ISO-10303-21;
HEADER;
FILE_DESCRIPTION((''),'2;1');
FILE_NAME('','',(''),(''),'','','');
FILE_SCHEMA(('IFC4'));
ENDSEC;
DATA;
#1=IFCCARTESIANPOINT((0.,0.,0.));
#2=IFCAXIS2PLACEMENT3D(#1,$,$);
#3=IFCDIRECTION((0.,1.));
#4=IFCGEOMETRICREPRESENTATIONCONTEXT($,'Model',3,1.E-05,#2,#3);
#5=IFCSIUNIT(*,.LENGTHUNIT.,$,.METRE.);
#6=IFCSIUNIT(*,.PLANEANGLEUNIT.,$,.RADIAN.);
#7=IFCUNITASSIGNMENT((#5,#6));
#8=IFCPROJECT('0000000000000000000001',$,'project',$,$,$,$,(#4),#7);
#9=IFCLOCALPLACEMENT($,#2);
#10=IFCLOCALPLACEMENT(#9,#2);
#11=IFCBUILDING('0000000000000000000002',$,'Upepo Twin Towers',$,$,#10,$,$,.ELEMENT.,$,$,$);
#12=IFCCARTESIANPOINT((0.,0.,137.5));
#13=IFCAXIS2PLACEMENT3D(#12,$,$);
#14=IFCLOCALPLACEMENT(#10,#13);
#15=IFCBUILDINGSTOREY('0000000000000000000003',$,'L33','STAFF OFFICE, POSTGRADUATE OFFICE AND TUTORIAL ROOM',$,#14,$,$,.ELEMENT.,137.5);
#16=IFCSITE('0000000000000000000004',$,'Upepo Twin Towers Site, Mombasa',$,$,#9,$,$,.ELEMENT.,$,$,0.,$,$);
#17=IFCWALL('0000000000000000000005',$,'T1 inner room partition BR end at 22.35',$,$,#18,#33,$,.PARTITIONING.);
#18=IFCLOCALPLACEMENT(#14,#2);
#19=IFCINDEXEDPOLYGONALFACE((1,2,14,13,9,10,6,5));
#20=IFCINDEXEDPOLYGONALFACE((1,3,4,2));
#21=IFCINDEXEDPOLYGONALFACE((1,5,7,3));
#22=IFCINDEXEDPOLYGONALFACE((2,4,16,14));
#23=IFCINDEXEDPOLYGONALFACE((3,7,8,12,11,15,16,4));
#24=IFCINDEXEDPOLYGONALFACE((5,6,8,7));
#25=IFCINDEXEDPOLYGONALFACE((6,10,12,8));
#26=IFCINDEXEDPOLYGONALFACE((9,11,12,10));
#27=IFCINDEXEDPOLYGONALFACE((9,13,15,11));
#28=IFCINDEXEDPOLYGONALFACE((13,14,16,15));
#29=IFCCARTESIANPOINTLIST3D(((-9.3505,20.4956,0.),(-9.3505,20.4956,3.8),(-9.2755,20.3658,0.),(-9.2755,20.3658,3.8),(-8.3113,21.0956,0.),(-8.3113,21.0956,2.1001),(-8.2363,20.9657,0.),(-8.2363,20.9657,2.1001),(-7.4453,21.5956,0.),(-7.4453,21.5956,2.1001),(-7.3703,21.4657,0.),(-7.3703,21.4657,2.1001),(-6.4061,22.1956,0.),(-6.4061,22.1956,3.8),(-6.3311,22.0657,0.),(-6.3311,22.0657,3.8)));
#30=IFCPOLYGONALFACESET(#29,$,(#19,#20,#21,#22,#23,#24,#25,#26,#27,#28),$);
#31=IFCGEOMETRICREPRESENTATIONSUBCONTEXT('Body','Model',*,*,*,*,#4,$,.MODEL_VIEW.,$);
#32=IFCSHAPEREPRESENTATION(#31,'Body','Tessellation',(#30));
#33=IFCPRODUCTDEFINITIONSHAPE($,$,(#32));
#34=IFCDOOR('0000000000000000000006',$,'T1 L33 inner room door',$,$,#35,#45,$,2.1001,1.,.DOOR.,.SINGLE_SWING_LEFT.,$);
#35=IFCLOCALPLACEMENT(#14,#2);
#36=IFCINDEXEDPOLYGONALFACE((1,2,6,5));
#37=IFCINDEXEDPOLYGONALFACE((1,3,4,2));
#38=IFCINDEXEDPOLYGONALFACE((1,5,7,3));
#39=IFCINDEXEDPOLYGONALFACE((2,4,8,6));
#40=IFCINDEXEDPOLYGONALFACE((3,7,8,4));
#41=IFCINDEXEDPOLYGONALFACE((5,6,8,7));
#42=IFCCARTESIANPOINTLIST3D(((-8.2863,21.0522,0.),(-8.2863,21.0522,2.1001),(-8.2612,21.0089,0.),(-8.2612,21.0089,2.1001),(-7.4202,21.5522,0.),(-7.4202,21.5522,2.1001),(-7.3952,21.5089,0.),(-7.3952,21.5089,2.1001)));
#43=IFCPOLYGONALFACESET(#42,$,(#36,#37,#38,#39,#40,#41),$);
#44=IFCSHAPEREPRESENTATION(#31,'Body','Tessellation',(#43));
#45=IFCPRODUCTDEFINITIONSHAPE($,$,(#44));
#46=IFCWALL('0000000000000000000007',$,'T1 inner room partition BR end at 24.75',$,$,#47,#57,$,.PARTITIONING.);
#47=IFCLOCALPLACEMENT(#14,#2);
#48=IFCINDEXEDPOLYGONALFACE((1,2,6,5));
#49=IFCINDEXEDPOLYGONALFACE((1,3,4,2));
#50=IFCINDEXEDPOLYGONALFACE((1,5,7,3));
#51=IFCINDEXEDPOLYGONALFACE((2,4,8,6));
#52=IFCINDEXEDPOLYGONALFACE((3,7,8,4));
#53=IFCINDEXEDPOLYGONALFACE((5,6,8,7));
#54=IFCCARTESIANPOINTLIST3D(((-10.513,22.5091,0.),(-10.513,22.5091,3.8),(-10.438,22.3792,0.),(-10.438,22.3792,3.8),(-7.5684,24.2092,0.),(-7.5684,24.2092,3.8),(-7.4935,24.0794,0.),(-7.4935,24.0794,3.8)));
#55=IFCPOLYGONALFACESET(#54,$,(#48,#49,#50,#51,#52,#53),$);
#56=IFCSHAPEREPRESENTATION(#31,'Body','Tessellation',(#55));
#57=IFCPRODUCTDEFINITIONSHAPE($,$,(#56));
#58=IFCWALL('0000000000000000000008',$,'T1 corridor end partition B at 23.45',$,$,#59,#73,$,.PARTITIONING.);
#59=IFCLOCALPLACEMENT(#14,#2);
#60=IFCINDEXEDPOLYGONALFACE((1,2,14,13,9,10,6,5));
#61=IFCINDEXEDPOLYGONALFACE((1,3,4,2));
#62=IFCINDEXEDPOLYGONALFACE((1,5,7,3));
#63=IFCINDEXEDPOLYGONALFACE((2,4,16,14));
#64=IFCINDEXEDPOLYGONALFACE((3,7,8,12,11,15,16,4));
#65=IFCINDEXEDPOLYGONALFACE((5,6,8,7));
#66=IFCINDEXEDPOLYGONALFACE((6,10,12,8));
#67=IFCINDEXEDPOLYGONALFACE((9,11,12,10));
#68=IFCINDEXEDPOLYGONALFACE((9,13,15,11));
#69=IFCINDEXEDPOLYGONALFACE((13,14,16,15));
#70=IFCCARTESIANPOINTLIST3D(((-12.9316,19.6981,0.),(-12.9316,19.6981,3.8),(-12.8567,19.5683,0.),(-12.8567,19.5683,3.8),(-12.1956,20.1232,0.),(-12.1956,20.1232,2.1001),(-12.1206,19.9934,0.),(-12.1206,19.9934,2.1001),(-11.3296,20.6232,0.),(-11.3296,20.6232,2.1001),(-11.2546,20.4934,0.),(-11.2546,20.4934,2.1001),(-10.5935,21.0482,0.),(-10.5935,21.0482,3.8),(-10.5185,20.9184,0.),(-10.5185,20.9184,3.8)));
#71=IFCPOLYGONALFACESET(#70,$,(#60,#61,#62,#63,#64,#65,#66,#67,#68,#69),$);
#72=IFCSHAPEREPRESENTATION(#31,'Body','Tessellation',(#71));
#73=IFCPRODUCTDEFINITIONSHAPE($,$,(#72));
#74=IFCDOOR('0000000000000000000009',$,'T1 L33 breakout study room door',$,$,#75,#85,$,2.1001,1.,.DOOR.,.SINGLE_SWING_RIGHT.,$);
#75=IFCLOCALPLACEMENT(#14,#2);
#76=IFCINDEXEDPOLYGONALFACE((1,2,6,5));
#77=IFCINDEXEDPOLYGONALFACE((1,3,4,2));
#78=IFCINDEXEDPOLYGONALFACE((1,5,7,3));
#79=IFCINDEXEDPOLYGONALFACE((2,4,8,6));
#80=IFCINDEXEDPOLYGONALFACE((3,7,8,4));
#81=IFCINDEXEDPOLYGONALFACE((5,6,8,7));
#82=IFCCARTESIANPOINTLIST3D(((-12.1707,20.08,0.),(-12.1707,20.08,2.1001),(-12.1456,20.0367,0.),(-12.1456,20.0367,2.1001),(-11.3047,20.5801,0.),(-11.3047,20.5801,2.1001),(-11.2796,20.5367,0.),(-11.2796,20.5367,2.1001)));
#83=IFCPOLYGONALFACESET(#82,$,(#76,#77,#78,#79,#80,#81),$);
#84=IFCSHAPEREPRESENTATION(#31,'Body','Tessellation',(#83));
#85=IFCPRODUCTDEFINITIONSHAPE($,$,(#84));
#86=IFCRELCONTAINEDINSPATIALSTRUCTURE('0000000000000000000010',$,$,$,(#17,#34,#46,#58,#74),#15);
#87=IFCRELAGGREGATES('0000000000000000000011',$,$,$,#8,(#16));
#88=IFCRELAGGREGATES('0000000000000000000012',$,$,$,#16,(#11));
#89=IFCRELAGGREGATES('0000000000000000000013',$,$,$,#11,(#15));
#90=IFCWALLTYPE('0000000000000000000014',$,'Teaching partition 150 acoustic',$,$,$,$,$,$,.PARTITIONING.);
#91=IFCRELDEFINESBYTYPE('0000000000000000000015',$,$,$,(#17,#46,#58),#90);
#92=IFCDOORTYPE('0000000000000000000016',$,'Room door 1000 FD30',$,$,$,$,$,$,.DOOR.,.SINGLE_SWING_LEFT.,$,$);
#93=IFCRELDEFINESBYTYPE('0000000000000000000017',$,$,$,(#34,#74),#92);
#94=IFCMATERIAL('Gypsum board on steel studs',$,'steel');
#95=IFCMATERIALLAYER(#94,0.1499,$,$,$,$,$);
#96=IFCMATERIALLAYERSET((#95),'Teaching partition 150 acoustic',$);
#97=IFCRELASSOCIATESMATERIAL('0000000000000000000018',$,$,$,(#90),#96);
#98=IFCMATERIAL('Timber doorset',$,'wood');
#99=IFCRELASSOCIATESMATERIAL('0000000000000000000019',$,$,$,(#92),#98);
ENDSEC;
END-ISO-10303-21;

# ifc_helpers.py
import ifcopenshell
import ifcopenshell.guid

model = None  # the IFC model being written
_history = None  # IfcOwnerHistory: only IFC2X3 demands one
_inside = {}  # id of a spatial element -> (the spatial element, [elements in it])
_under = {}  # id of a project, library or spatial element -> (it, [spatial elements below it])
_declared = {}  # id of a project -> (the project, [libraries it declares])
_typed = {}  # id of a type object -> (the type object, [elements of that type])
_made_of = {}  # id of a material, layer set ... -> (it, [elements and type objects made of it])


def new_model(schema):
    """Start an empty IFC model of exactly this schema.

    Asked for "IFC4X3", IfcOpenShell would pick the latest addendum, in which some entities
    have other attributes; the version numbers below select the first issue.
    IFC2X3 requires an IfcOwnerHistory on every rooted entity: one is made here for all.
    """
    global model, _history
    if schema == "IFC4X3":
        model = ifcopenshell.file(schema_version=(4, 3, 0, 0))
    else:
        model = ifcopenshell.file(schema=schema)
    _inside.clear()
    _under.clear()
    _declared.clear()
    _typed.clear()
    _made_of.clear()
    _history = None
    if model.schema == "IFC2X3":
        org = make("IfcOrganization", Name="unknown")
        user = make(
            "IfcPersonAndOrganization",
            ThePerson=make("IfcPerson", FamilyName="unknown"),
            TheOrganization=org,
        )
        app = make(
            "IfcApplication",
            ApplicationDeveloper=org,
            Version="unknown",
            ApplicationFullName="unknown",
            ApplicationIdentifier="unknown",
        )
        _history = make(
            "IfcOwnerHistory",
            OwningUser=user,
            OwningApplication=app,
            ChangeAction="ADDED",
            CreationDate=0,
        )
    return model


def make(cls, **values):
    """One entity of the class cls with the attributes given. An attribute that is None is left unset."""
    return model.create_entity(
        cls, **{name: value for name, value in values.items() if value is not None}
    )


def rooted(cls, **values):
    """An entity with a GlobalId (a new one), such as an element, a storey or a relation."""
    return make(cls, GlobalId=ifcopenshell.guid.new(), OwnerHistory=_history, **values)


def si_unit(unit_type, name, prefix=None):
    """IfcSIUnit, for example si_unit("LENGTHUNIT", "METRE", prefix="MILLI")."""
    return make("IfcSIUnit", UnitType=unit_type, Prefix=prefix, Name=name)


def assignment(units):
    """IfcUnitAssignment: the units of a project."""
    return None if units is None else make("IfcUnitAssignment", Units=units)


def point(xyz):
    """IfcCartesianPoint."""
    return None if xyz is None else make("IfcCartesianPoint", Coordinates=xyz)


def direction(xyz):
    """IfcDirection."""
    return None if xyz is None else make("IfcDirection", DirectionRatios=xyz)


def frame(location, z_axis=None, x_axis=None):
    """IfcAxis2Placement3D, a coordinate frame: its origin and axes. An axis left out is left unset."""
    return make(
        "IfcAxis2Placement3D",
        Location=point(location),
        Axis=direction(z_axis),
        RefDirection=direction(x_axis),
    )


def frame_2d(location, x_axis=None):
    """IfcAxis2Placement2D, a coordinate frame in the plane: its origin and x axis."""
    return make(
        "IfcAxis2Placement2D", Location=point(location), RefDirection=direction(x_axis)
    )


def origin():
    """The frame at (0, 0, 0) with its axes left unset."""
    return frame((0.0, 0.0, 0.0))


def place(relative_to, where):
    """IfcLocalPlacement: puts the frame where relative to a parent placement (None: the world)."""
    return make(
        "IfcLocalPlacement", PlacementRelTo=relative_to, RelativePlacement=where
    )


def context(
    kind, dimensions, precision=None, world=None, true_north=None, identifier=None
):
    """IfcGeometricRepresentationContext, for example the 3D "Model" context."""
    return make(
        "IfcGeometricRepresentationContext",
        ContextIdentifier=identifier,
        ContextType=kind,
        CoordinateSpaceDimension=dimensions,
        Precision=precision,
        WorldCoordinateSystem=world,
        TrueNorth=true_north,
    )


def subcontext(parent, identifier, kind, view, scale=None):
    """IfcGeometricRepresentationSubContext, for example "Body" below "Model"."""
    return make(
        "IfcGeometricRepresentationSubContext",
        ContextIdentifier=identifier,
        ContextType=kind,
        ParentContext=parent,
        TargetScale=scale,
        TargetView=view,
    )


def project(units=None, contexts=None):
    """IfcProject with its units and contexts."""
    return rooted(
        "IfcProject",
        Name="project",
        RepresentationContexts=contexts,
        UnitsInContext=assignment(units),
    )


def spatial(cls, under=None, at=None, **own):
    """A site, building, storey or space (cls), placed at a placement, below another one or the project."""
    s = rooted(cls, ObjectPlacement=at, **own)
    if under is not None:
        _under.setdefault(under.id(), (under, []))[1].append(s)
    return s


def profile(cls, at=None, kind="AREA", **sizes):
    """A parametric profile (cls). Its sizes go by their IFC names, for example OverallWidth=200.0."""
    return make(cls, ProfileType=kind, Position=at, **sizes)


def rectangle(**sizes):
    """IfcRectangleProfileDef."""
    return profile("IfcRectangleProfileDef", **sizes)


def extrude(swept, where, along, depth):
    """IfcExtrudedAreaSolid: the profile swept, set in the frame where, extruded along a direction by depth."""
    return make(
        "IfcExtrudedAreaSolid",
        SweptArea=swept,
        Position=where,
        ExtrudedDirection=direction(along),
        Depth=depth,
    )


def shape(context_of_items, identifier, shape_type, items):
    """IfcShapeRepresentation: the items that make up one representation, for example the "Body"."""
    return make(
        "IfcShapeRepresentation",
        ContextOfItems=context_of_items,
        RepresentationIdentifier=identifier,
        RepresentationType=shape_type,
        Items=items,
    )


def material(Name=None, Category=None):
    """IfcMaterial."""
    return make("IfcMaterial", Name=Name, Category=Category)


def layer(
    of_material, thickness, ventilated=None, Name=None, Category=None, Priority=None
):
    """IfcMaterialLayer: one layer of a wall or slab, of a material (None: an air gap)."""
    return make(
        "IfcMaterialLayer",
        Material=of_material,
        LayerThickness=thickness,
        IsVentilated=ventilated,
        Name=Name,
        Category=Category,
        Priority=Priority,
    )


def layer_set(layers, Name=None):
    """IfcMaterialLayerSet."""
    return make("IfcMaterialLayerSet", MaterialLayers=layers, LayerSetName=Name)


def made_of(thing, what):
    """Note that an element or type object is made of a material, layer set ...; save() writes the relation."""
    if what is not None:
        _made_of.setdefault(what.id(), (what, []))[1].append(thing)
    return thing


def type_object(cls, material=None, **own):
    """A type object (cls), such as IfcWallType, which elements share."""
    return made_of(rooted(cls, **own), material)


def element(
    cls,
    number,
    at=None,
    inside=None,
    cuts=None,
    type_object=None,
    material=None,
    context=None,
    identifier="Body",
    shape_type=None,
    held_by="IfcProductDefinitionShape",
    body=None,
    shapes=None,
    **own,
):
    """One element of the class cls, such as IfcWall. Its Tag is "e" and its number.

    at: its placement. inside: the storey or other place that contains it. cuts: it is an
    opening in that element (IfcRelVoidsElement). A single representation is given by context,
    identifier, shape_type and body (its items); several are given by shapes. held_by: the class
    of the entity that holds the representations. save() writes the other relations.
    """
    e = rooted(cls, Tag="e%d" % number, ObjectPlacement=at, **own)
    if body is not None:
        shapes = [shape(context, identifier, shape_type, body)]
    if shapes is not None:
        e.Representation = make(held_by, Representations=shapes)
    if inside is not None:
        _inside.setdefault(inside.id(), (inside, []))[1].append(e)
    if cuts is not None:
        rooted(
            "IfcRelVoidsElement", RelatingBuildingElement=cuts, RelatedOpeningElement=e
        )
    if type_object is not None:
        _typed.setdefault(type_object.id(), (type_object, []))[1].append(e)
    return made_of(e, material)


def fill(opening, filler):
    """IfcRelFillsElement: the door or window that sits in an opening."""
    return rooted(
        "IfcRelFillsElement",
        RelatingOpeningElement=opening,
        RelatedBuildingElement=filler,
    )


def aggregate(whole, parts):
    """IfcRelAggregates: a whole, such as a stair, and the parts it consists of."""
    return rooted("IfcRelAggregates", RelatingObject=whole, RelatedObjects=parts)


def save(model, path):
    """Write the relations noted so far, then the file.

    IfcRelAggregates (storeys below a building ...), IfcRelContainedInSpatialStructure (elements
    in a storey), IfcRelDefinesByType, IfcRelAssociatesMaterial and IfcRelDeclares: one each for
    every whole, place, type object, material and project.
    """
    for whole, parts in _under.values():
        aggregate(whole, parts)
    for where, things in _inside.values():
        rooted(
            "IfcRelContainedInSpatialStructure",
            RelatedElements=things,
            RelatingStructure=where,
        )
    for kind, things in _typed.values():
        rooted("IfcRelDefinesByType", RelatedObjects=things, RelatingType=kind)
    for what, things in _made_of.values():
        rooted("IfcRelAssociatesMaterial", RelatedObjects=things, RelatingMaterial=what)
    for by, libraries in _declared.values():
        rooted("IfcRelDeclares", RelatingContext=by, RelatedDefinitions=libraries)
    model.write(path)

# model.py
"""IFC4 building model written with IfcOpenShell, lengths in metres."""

from ifc_helpers import new_model, si_unit, direction, frame, frame_2d, origin, place, context, subcontext, project, spatial, rectangle, extrude, material, layer, layer_set, type_object, element, fill, save


model = new_model("IFC4")

# Units and contexts
model_context = context("Model", 3, precision=1e-05, world=origin(), true_north=direction((0.0, 1.0)))
body_context = subcontext(model_context, "Body", "Model", "MODEL_VIEW")
ifc_project = project(units=[si_unit("LENGTHUNIT", "METRE"), si_unit("PLANEANGLEUNIT", "RADIAN")], contexts=[model_context])

# Site, building, storey
site_placement = place(None, origin())
site = spatial("IfcSite", under=ifc_project, at=site_placement, Name="Upepo Twin Towers Site, Mombasa", CompositionType="ELEMENT", RefElevation=0.0)
building_placement = place(site_placement, origin())
building = spatial("IfcBuilding", under=site, at=building_placement, Name="Upepo Twin Towers", CompositionType="ELEMENT")
storey_placement = place(building_placement, frame((0.0, 0.0, 137.5)))
storey = spatial("IfcBuildingStorey", under=building, at=storey_placement, Name="L33", Description="STAFF OFFICE, POSTGRADUATE OFFICE AND TUTORIAL ROOM", CompositionType="ELEMENT", Elevation=137.5)

# Shared definitions
ifc_material_1 = material(Name="Gypsum board on steel studs", Category="steel")
ifc_layer_1 = layer(ifc_material_1, 0.1499)
ifc_layer_set_1 = layer_set([ifc_layer_1], Name="Teaching partition 150 acoustic")
wall_type_1 = type_object("IfcWallType", Name="Teaching partition 150 acoustic", PredefinedType="PARTITIONING", material=ifc_layer_set_1)
ifc_material_2 = material(Name="Timber doorset", Category="wood")
door_type = type_object("IfcDoorType", Name="Room door 1000 FD30", OperationType="SINGLE_SWING_LEFT", PredefinedType="DOOR", material=ifc_material_2)

# Wall, opening, door
wall_1_placement = place(storey_placement, frame((-9.313, 20.4307, 0.0), z_axis=(0.0, 0.0, 1.0), x_axis=(0.866021, 0.500008, 0.0)))
wall_1 = element("IfcWall", 1, at=wall_1_placement, inside=storey, type_object=wall_type_1, Name="T1 inner room partition BR end at 22.35", PredefinedType="PARTITIONING", context=body_context, shape_type="SweptSolid", body=[
    extrude(rectangle(XDim=3.3999, YDim=0.1499, at=frame_2d((1.7, 0.0))), origin(), (0.0, 0.0, 1.0), 3.8),
])
opening_1_placement = place(wall_1_placement, frame((1.2, 0.0, 0.0)))
opening_1 = element("IfcOpeningElement", 2, at=opening_1_placement, cuts=wall_1, PredefinedType="OPENING", context=body_context, shape_type="SweptSolid", body=[
    extrude(rectangle(XDim=1.0, YDim=2.1001, at=frame_2d((0.5, 1.05))), frame((0.0, 0.085, 0.0), z_axis=(0.0, -1.0, 0.0), x_axis=(1.0, 0.0, 0.0)), (0.0, 0.0, 1.0), 0.1699),
])
door_1_placement = place(opening_1_placement, origin())
door_1 = element("IfcDoor", 3, at=door_1_placement, inside=storey, type_object=door_type, Name="T1 L33 inner room door", OperationType="SINGLE_SWING_LEFT", OverallHeight=2.1001, OverallWidth=1.0, PredefinedType="DOOR", context=body_context, shape_type="SweptSolid", body=[
    extrude(rectangle(XDim=1.0, YDim=2.1001, at=frame_2d((0.5, 1.05))), frame((0.0, 0.0249, 0.0), z_axis=(0.0, -1.0, 0.0), x_axis=(1.0, 0.0, 0.0)), (0.0, 0.0, 1.0), 0.05),
])
fill(opening_1, door_1)

# Wall
wall_2_placement = place(storey_placement, frame((-10.4756, 22.4441, 0.0), z_axis=(0.0, 0.0, 1.0), x_axis=(0.866007, 0.500031, 0.0)))
element("IfcWall", 4, at=wall_2_placement, inside=storey, type_object=wall_type_1, Name="T1 inner room partition BR end at 24.75", PredefinedType="PARTITIONING", context=body_context, shape_type="SweptSolid", body=[
    extrude(rectangle(XDim=3.4001, YDim=0.1499, at=frame_2d((1.7002, 0.0))), origin(), (0.0, 0.0, 1.0), 3.8),
])

# Wall, opening, door
wall_3_placement = place(storey_placement, frame((-10.5559, 20.9834, 0.0), z_axis=(0.0, 0.0, 1.0), x_axis=(-0.865997, -0.500049, 0.0)))
wall_3 = element("IfcWall", 5, at=wall_3_placement, inside=storey, type_object=wall_type_1, Name="T1 corridor end partition B at 23.45", PredefinedType="PARTITIONING", context=body_context, shape_type="SweptSolid", body=[
    extrude(rectangle(XDim=2.7, YDim=0.1499, at=frame_2d((1.3501, 0.0))), origin(), (0.0, 0.0, 1.0), 3.8),
])
opening_2_placement = place(wall_3_placement, frame((0.8501, 0.0, 0.0)))
opening_2 = element("IfcOpeningElement", 6, at=opening_2_placement, cuts=wall_3, PredefinedType="OPENING", context=body_context, shape_type="SweptSolid", body=[
    extrude(rectangle(XDim=1.0, YDim=2.1001, at=frame_2d((0.5, 1.05))), frame((0.0, 0.085, 0.0), z_axis=(0.0, -1.0, 0.0), x_axis=(1.0, 0.0, 0.0)), (0.0, 0.0, 1.0), 0.1699),
])
door_2_placement = place(opening_2_placement, origin())
door_2 = element("IfcDoor", 7, at=door_2_placement, inside=storey, type_object=door_type, Name="T1 L33 breakout study room door", OperationType="SINGLE_SWING_RIGHT", OverallHeight=2.1001, OverallWidth=1.0, PredefinedType="DOOR", context=body_context, shape_type="SweptSolid", body=[
    extrude(rectangle(XDim=1.0, YDim=2.1001, at=frame_2d((0.5, 1.05))), frame((0.0, 0.0249, 0.0), z_axis=(0.0, -1.0, 0.0), x_axis=(1.0, 0.0, 0.0)), (0.0, 0.0, 1.0), 0.05),
])
fill(opening_2, door_2)

save(model, "model.ifc")
